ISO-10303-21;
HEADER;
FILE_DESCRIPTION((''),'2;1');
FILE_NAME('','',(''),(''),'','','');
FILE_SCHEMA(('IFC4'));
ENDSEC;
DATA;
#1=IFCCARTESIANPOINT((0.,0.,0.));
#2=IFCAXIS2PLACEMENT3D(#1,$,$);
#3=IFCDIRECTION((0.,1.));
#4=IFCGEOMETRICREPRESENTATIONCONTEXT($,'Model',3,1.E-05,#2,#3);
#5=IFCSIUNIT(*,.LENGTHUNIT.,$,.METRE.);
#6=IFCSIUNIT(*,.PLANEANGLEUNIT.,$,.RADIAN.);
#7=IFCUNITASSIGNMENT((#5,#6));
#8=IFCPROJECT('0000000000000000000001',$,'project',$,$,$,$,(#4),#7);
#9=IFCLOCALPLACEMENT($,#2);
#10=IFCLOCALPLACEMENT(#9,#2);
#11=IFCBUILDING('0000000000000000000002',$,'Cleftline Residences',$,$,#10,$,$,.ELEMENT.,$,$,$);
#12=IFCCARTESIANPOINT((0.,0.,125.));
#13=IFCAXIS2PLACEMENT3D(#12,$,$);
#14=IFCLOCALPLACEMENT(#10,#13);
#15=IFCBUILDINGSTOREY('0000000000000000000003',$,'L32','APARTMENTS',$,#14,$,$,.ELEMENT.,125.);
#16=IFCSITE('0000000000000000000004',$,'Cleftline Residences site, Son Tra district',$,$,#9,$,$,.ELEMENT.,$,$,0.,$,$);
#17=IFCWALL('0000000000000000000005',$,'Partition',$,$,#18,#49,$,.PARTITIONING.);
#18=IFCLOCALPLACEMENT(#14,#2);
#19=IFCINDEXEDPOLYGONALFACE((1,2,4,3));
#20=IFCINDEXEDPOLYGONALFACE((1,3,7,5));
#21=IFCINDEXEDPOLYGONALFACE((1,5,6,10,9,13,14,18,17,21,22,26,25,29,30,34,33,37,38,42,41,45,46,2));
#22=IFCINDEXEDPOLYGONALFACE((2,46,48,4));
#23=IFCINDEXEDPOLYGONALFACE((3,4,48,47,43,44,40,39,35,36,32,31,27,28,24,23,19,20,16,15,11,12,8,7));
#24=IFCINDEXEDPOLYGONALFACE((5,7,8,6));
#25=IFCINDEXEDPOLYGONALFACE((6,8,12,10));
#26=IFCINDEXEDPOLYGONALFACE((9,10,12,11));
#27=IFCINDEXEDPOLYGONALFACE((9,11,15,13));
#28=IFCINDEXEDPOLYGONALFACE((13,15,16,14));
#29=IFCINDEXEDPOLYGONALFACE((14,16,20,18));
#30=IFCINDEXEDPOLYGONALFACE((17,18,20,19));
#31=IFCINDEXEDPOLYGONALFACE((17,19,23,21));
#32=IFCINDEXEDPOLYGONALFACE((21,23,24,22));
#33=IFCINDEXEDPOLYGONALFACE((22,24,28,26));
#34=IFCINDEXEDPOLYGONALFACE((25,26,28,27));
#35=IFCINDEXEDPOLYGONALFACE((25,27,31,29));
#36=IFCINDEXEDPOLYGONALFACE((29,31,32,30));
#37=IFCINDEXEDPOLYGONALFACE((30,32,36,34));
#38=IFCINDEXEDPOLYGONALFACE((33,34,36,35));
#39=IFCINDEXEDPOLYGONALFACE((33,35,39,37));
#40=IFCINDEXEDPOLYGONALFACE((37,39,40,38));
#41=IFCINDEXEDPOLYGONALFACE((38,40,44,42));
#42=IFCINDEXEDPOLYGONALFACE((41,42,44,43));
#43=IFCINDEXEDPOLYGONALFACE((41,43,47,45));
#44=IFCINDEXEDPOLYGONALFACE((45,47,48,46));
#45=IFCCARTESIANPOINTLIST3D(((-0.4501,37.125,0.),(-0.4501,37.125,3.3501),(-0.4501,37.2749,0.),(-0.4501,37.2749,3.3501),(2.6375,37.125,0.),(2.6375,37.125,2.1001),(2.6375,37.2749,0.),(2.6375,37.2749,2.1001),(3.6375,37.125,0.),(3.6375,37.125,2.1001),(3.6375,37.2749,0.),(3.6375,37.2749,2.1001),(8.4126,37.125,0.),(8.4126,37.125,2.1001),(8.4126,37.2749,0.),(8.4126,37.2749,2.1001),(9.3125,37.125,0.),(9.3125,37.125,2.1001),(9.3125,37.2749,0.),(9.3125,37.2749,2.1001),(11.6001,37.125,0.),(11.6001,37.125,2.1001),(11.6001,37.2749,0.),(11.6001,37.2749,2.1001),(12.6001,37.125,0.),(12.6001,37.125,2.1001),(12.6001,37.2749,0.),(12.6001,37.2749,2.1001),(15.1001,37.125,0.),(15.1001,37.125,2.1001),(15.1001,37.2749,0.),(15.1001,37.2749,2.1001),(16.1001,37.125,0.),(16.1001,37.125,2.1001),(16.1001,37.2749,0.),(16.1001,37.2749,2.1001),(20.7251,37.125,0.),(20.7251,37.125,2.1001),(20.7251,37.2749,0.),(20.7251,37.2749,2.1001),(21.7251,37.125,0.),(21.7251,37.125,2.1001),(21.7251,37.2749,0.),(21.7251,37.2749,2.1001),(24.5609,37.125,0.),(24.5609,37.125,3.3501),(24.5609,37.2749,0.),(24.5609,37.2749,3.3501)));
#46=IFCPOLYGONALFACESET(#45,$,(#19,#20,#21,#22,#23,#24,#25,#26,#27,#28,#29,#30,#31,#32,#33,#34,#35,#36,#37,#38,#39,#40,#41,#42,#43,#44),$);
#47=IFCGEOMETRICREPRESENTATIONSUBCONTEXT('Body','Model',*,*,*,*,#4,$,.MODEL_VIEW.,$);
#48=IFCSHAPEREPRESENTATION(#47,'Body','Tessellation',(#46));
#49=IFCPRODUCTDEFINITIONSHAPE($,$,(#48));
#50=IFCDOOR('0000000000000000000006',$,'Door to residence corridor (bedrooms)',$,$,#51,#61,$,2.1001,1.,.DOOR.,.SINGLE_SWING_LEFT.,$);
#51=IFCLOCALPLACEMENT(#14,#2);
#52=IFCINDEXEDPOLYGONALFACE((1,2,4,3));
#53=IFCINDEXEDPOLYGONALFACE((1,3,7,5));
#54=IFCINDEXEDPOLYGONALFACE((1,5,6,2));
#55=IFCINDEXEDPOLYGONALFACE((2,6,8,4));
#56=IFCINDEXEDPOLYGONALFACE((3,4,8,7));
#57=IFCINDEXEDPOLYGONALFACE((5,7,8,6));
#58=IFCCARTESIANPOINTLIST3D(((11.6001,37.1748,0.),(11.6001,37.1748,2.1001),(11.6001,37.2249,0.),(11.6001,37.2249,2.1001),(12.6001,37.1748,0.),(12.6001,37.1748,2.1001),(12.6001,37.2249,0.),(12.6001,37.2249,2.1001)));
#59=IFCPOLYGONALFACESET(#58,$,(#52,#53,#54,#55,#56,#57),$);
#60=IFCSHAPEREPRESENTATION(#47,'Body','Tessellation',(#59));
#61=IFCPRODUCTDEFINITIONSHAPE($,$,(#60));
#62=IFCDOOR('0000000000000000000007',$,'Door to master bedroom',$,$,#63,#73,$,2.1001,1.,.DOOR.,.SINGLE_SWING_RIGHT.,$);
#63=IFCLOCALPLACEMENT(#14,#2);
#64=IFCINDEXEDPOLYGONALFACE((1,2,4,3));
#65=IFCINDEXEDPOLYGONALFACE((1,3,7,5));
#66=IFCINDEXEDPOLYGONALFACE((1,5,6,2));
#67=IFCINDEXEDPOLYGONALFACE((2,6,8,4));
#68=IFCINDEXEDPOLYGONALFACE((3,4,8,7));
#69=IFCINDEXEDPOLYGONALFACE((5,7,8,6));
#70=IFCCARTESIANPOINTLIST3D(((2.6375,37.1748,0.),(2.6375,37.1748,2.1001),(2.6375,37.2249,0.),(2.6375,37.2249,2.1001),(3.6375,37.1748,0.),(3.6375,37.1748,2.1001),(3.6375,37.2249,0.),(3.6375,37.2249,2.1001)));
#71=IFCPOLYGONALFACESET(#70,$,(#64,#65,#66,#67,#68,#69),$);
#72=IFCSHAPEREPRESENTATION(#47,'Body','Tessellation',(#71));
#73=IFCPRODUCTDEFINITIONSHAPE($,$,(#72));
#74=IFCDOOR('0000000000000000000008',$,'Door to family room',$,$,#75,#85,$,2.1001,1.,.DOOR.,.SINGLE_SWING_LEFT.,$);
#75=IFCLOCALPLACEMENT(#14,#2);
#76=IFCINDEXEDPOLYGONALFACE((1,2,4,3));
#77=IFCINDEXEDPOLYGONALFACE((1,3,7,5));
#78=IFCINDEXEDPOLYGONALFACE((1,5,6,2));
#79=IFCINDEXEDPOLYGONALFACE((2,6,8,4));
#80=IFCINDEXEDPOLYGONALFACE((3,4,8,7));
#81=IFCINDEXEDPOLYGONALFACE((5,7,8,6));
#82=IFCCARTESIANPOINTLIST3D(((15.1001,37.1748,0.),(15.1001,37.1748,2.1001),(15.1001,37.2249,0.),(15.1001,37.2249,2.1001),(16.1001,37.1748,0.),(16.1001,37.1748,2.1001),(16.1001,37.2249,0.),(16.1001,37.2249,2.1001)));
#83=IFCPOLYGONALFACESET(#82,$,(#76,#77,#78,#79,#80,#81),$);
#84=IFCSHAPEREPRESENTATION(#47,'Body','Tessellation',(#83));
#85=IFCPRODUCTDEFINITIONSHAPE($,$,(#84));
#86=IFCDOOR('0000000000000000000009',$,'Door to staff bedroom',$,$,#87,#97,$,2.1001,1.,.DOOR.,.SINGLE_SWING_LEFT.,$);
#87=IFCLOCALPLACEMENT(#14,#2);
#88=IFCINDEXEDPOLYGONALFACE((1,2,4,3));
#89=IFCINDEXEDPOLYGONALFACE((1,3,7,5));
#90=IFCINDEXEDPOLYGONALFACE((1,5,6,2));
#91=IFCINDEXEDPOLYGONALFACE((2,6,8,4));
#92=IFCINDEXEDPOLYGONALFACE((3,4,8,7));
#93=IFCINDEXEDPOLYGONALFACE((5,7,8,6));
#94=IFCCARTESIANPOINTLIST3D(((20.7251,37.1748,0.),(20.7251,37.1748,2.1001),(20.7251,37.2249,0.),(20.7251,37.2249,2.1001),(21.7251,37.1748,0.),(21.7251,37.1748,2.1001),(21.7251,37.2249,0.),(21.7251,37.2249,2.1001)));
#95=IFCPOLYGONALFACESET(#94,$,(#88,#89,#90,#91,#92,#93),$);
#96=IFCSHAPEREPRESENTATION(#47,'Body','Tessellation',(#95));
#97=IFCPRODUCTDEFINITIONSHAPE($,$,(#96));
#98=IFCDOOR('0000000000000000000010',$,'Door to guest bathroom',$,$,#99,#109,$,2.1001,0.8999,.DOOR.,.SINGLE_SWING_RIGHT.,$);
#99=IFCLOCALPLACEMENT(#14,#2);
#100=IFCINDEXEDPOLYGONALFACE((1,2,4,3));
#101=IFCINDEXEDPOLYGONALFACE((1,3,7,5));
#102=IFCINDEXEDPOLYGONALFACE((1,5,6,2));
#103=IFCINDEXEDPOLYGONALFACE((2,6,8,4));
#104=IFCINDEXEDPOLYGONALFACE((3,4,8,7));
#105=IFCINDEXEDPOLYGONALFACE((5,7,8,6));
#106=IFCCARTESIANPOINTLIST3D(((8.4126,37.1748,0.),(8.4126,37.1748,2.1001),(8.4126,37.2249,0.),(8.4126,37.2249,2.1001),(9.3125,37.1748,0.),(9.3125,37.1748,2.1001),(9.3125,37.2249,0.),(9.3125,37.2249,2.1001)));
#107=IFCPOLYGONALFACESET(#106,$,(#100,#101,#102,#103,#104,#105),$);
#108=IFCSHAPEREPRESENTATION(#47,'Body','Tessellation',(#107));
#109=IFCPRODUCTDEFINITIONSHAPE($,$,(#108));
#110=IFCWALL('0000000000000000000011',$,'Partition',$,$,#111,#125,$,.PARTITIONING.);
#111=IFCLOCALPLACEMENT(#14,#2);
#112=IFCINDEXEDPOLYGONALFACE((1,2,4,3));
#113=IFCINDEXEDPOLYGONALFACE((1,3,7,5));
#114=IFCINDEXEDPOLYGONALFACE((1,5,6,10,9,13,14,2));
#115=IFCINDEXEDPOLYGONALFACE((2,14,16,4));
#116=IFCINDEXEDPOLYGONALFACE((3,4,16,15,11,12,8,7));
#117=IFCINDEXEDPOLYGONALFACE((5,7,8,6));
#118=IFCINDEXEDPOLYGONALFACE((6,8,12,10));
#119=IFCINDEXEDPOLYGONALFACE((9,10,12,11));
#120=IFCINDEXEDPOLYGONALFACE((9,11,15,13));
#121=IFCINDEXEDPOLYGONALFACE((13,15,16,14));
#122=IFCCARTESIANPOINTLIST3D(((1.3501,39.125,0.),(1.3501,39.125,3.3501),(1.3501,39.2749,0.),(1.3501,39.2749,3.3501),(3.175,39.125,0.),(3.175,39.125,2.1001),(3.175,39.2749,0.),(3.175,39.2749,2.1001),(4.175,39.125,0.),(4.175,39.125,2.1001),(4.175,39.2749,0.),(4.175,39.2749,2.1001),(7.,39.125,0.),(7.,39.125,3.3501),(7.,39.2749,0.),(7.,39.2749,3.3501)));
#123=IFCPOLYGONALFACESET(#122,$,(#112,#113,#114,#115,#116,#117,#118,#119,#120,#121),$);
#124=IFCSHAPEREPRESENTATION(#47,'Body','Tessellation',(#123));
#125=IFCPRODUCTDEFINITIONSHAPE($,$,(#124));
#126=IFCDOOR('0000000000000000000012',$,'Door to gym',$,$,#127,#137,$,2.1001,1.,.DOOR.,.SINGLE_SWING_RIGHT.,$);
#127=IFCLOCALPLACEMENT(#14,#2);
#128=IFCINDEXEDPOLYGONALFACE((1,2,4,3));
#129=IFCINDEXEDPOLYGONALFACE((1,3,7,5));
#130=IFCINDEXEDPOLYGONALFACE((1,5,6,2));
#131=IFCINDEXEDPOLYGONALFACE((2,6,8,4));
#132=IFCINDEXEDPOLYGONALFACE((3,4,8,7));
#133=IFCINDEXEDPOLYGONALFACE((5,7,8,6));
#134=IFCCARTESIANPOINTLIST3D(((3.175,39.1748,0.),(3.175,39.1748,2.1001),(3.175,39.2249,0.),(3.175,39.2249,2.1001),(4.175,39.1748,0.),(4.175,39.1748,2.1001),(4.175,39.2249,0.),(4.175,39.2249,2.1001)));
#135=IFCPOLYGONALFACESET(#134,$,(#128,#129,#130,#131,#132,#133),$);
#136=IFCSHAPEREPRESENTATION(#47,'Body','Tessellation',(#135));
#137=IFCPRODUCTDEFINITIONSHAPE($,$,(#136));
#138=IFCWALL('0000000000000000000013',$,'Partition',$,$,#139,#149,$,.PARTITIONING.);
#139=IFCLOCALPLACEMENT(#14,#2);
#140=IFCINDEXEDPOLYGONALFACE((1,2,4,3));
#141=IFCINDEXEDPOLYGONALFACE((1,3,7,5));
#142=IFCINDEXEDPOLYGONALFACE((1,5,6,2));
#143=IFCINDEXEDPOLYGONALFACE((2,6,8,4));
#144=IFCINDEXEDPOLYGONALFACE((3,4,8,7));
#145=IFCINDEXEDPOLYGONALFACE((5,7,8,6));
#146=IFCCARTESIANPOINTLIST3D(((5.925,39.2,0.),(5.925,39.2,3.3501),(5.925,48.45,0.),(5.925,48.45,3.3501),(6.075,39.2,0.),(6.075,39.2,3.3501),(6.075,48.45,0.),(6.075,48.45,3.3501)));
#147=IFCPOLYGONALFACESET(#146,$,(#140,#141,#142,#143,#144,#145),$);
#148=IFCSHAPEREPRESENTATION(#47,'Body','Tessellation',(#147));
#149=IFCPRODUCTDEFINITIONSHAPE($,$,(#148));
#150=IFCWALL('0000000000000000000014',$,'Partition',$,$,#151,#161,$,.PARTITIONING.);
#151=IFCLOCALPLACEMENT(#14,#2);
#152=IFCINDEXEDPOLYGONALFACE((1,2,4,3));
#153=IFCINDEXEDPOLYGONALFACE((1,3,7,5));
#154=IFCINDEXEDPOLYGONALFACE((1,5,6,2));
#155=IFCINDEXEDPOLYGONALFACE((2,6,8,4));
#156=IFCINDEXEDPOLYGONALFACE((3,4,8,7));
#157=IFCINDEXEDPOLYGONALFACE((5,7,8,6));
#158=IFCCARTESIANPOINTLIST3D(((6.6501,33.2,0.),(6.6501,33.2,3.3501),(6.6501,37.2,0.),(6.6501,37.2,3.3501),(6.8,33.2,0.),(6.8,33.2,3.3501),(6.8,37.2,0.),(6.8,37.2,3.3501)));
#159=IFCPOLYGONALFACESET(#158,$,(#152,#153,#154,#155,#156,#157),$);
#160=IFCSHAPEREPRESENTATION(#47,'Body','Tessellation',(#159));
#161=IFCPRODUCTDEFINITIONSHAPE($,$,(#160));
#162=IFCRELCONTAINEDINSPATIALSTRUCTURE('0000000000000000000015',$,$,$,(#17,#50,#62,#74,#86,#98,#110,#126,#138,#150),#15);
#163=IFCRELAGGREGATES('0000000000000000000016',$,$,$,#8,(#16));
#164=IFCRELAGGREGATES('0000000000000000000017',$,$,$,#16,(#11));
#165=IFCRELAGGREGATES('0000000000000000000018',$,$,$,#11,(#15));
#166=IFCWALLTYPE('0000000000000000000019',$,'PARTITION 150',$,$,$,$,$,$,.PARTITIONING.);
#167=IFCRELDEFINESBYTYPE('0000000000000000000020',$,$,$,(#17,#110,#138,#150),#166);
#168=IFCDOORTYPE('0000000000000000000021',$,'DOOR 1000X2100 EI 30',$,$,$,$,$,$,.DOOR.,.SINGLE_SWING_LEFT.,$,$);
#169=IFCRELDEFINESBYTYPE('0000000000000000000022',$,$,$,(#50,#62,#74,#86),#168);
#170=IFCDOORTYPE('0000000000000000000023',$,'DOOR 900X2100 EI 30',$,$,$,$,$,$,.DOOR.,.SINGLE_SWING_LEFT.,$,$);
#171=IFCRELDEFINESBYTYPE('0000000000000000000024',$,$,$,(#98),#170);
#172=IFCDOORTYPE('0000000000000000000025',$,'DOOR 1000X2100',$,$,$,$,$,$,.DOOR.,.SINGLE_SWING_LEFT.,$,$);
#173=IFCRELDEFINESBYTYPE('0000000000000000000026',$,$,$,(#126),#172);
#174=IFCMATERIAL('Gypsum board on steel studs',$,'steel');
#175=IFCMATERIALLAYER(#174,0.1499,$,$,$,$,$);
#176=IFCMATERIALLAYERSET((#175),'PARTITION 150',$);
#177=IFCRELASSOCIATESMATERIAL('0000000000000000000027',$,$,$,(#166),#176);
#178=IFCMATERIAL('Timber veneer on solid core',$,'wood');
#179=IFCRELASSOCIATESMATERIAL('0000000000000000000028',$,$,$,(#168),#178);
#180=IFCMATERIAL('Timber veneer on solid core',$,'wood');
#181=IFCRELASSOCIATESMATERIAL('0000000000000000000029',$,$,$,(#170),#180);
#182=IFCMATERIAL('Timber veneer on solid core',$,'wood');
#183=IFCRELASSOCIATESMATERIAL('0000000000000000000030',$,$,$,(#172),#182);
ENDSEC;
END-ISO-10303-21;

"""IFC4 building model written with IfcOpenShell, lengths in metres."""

from ifc_helpers import new_model, si_unit, direction, frame, frame_2d, origin, place, context, subcontext, project, spatial, rectangle, extrude, material, layer, layer_set, type_object, element, fill, save


model = new_model("IFC4")

# Units and contexts
model_context = context("Model", 3, precision=1e-05, world=origin(), true_north=direction((0.0, 1.0)))
body_context = subcontext(model_context, "Body", "Model", "MODEL_VIEW")
ifc_project = project(units=[si_unit("LENGTHUNIT", "METRE"), si_unit("PLANEANGLEUNIT", "RADIAN")], contexts=[model_context])

# Site, building, storey
site_placement = place(None, origin())
site = spatial("IfcSite", under=ifc_project, at=site_placement, Name="Cleftline Residences site, Son Tra district", CompositionType="ELEMENT", RefElevation=0.0)
building_placement = place(site_placement, origin())
building = spatial("IfcBuilding", under=site, at=building_placement, Name="Cleftline Residences", CompositionType="ELEMENT")
storey_placement = place(building_placement, frame((0.0, 0.0, 125.0)))
storey = spatial("IfcBuildingStorey", under=building, at=storey_placement, Name="L32", Description="APARTMENTS", CompositionType="ELEMENT", Elevation=125.0)

# Shared definitions
ifc_material_1 = material(Name="Gypsum board on steel studs", Category="steel")
ifc_layer = layer(ifc_material_1, 0.1499)
ifc_layer_set = layer_set([ifc_layer], Name="PARTITION 150")
wall_type = type_object("IfcWallType", Name="PARTITION 150", PredefinedType="PARTITIONING", material=ifc_layer_set)

# Wall, openings, doors
wall_1_placement = place(storey_placement, frame((-0.45, 37.2, 0.0), z_axis=(0.0, 0.0, 1.0), x_axis=(1.0, 0.0, 0.0)))
wall_1 = element("IfcWall", 1, at=wall_1_placement, inside=storey, type_object=wall_type, Name="Partition", PredefinedType="PARTITIONING", context=body_context, shape_type="SweptSolid", body=[
    extrude(rectangle(XDim=25.011, YDim=0.1499, at=frame_2d((12.5054, 0.0))), origin(), (0.0, 0.0, 1.0), 3.3501),
])
opening_1_placement = place(wall_1_placement, frame((12.05, 0.0, 0.0)))
opening_1 = element("IfcOpeningElement", 2, at=opening_1_placement, cuts=wall_1, PredefinedType="OPENING", context=body_context, shape_type="SweptSolid", body=[
    extrude(rectangle(XDim=1.0, YDim=2.1001, at=frame_2d((0.5, 1.05))), frame((0.0, 0.085, 0.0), z_axis=(0.0, -1.0, 0.0), x_axis=(1.0, 0.0, 0.0)), (0.0, 0.0, 1.0), 0.1699),
])
opening_2_placement = place(wall_1_placement, frame((3.0874, 0.0, 0.0)))
opening_2 = element("IfcOpeningElement", 3, at=opening_2_placement, cuts=wall_1, PredefinedType="OPENING", context=body_context, shape_type="SweptSolid", body=[
    extrude(rectangle(XDim=1.0, YDim=2.1001, at=frame_2d((0.5, 1.05))), frame((0.0, 0.085, 0.0), z_axis=(0.0, -1.0, 0.0), x_axis=(1.0, 0.0, 0.0)), (0.0, 0.0, 1.0), 0.1699),
])
opening_3_placement = place(wall_1_placement, frame((8.8625, 0.0, 0.0)))
opening_3 = element("IfcOpeningElement", 4, at=opening_3_placement, cuts=wall_1, PredefinedType="OPENING", context=body_context, shape_type="SweptSolid", body=[
    extrude(rectangle(XDim=0.8999, YDim=2.1001, at=frame_2d((0.45, 1.05))), frame((0.0, 0.085, 0.0), z_axis=(0.0, -1.0, 0.0), x_axis=(1.0, 0.0, 0.0)), (0.0, 0.0, 1.0), 0.1699),
])
opening_4_placement = place(wall_1_placement, frame((15.55, 0.0, 0.0)))
opening_4 = element("IfcOpeningElement", 5, at=opening_4_placement, cuts=wall_1, PredefinedType="OPENING", context=body_context, shape_type="SweptSolid", body=[
    extrude(rectangle(XDim=1.0, YDim=2.1001, at=frame_2d((0.5, 1.05))), frame((0.0, 0.085, 0.0), z_axis=(0.0, -1.0, 0.0), x_axis=(1.0, 0.0, 0.0)), (0.0, 0.0, 1.0), 0.1699),
])
opening_5_placement = place(wall_1_placement, frame((21.175, 0.0, 0.0)))
opening_5 = element("IfcOpeningElement", 6, at=opening_5_placement, cuts=wall_1, PredefinedType="OPENING", context=body_context, shape_type="SweptSolid", body=[
    extrude(rectangle(XDim=1.0, YDim=2.1001, at=frame_2d((0.5, 1.05))), frame((0.0, 0.085, 0.0), z_axis=(0.0, -1.0, 0.0), x_axis=(1.0, 0.0, 0.0)), (0.0, 0.0, 1.0), 0.1699),
])
ifc_material_2 = material(Name="Timber veneer on solid core", Category="wood")
door_type_1 = type_object("IfcDoorType", Name="DOOR 1000X2100 EI 30", OperationType="SINGLE_SWING_LEFT", PredefinedType="DOOR", material=ifc_material_2)
door_1_placement = place(opening_1_placement, origin())
door_1 = element("IfcDoor", 7, at=door_1_placement, inside=storey, type_object=door_type_1, Name="Door to residence corridor (bedrooms)", OperationType="SINGLE_SWING_LEFT", OverallHeight=2.1001, OverallWidth=1.0, PredefinedType="DOOR", context=body_context, shape_type="SweptSolid", body=[
    extrude(rectangle(XDim=1.0, YDim=2.1001, at=frame_2d((0.5, 1.05))), frame((0.0, 0.0249, 0.0), z_axis=(0.0, -1.0, 0.0), x_axis=(1.0, 0.0, 0.0)), (0.0, 0.0, 1.0), 0.05),
])
fill(opening_1, door_1)
door_2_placement = place(opening_2_placement, origin())
door_2 = element("IfcDoor", 8, at=door_2_placement, inside=storey, type_object=door_type_1, Name="Door to master bedroom", OperationType="SINGLE_SWING_RIGHT", OverallHeight=2.1001, OverallWidth=1.0, PredefinedType="DOOR", context=body_context, shape_type="SweptSolid", body=[
    extrude(rectangle(XDim=1.0, YDim=2.1001, at=frame_2d((0.5, 1.05))), frame((0.0, 0.0249, 0.0), z_axis=(0.0, -1.0, 0.0), x_axis=(1.0, 0.0, 0.0)), (0.0, 0.0, 1.0), 0.05),
])
fill(opening_2, door_2)
door_3_placement = place(opening_4_placement, origin())
door_3 = element("IfcDoor", 9, at=door_3_placement, inside=storey, type_object=door_type_1, Name="Door to family room", OperationType="SINGLE_SWING_LEFT", OverallHeight=2.1001, OverallWidth=1.0, PredefinedType="DOOR", context=body_context, shape_type="SweptSolid", body=[
    extrude(rectangle(XDim=1.0, YDim=2.1001, at=frame_2d((0.5, 1.05))), frame((0.0, 0.0249, 0.0), z_axis=(0.0, -1.0, 0.0), x_axis=(1.0, 0.0, 0.0)), (0.0, 0.0, 1.0), 0.05),
])
fill(opening_4, door_3)
door_4_placement = place(opening_5_placement, origin())
door_4 = element("IfcDoor", 10, at=door_4_placement, inside=storey, type_object=door_type_1, Name="Door to staff bedroom", OperationType="SINGLE_SWING_LEFT", OverallHeight=2.1001, OverallWidth=1.0, PredefinedType="DOOR", context=body_context, shape_type="SweptSolid", body=[
    extrude(rectangle(XDim=1.0, YDim=2.1001, at=frame_2d((0.5, 1.05))), frame((0.0, 0.0249, 0.0), z_axis=(0.0, -1.0, 0.0), x_axis=(1.0, 0.0, 0.0)), (0.0, 0.0, 1.0), 0.05),
])
fill(opening_5, door_4)
ifc_material_3 = material(Name="Timber veneer on solid core", Category="wood")
door_type_2 = type_object("IfcDoorType", Name="DOOR 900X2100 EI 30", OperationType="SINGLE_SWING_LEFT", PredefinedType="DOOR", material=ifc_material_3)
door_5_placement = place(opening_3_placement, origin())
door_5 = element("IfcDoor", 11, at=door_5_placement, inside=storey, type_object=door_type_2, Name="Door to guest bathroom", OperationType="SINGLE_SWING_RIGHT", OverallHeight=2.1001, OverallWidth=0.8999, PredefinedType="DOOR", context=body_context, shape_type="SweptSolid", body=[
    extrude(rectangle(XDim=0.8999, YDim=2.1001, at=frame_2d((0.45, 1.05))), frame((0.0, 0.0249, 0.0), z_axis=(0.0, -1.0, 0.0), x_axis=(1.0, 0.0, 0.0)), (0.0, 0.0, 1.0), 0.05),
])
fill(opening_3, door_5)

# Wall, opening, door
wall_2_placement = place(storey_placement, frame((1.3501, 39.2, 0.0), z_axis=(0.0, 0.0, 1.0), x_axis=(1.0, 0.0, 0.0)))
wall_2 = element("IfcWall", 12, at=wall_2_placement, inside=storey, type_object=wall_type, Name="Partition", PredefinedType="PARTITIONING", context=body_context, shape_type="SweptSolid", body=[
    extrude(rectangle(XDim=5.6499, YDim=0.1499, at=frame_2d((2.825, 0.0))), origin(), (0.0, 0.0, 1.0), 3.3501),
])
opening_6_placement = place(wall_2_placement, frame((1.825, 0.0, 0.0)))
opening_6 = element("IfcOpeningElement", 13, at=opening_6_placement, cuts=wall_2, PredefinedType="OPENING", context=body_context, shape_type="SweptSolid", body=[
    extrude(rectangle(XDim=1.0, YDim=2.1001, at=frame_2d((0.5, 1.05))), frame((0.0, 0.085, 0.0), z_axis=(0.0, -1.0, 0.0), x_axis=(1.0, 0.0, 0.0)), (0.0, 0.0, 1.0), 0.1699),
])
ifc_material_4 = material(Name="Timber veneer on solid core", Category="wood")
door_type_3 = type_object("IfcDoorType", Name="DOOR 1000X2100", OperationType="SINGLE_SWING_LEFT", PredefinedType="DOOR", material=ifc_material_4)
door_6_placement = place(opening_6_placement, origin())
door_6 = element("IfcDoor", 14, at=door_6_placement, inside=storey, type_object=door_type_3, Name="Door to gym", OperationType="SINGLE_SWING_RIGHT", OverallHeight=2.1001, OverallWidth=1.0, PredefinedType="DOOR", context=body_context, shape_type="SweptSolid", body=[
    extrude(rectangle(XDim=1.0, YDim=2.1001, at=frame_2d((0.5, 1.05))), frame((0.0, 0.0249, 0.0), z_axis=(0.0, -1.0, 0.0), x_axis=(1.0, 0.0, 0.0)), (0.0, 0.0, 1.0), 0.05),
])
fill(opening_6, door_6)

# Walls
wall_3_placement = place(storey_placement, frame((6.0, 39.2, 0.0), z_axis=(0.0, 0.0, 1.0), x_axis=(0.0, 1.0, 0.0)))
element("IfcWall", 15, at=wall_3_placement, inside=storey, type_object=wall_type, Name="Partition", PredefinedType="PARTITIONING", context=body_context, shape_type="SweptSolid", body=[
    extrude(rectangle(XDim=9.25, YDim=0.1499, at=frame_2d((4.625, 0.0))), origin(), (0.0, 0.0, 1.0), 3.3501),
])
wall_4_placement = place(storey_placement, frame((6.7251, 33.2, 0.0), z_axis=(0.0, 0.0, 1.0), x_axis=(0.0, 1.0, 0.0)))
element("IfcWall", 16, at=wall_4_placement, inside=storey, type_object=wall_type, Name="Partition", PredefinedType="PARTITIONING", context=body_context, shape_type="SweptSolid", body=[
    extrude(rectangle(XDim=4.0, YDim=0.1499, at=frame_2d((2.0, 0.0))), origin(), (0.0, 0.0, 1.0), 3.3501),
])

save(model, "model.ifc")
